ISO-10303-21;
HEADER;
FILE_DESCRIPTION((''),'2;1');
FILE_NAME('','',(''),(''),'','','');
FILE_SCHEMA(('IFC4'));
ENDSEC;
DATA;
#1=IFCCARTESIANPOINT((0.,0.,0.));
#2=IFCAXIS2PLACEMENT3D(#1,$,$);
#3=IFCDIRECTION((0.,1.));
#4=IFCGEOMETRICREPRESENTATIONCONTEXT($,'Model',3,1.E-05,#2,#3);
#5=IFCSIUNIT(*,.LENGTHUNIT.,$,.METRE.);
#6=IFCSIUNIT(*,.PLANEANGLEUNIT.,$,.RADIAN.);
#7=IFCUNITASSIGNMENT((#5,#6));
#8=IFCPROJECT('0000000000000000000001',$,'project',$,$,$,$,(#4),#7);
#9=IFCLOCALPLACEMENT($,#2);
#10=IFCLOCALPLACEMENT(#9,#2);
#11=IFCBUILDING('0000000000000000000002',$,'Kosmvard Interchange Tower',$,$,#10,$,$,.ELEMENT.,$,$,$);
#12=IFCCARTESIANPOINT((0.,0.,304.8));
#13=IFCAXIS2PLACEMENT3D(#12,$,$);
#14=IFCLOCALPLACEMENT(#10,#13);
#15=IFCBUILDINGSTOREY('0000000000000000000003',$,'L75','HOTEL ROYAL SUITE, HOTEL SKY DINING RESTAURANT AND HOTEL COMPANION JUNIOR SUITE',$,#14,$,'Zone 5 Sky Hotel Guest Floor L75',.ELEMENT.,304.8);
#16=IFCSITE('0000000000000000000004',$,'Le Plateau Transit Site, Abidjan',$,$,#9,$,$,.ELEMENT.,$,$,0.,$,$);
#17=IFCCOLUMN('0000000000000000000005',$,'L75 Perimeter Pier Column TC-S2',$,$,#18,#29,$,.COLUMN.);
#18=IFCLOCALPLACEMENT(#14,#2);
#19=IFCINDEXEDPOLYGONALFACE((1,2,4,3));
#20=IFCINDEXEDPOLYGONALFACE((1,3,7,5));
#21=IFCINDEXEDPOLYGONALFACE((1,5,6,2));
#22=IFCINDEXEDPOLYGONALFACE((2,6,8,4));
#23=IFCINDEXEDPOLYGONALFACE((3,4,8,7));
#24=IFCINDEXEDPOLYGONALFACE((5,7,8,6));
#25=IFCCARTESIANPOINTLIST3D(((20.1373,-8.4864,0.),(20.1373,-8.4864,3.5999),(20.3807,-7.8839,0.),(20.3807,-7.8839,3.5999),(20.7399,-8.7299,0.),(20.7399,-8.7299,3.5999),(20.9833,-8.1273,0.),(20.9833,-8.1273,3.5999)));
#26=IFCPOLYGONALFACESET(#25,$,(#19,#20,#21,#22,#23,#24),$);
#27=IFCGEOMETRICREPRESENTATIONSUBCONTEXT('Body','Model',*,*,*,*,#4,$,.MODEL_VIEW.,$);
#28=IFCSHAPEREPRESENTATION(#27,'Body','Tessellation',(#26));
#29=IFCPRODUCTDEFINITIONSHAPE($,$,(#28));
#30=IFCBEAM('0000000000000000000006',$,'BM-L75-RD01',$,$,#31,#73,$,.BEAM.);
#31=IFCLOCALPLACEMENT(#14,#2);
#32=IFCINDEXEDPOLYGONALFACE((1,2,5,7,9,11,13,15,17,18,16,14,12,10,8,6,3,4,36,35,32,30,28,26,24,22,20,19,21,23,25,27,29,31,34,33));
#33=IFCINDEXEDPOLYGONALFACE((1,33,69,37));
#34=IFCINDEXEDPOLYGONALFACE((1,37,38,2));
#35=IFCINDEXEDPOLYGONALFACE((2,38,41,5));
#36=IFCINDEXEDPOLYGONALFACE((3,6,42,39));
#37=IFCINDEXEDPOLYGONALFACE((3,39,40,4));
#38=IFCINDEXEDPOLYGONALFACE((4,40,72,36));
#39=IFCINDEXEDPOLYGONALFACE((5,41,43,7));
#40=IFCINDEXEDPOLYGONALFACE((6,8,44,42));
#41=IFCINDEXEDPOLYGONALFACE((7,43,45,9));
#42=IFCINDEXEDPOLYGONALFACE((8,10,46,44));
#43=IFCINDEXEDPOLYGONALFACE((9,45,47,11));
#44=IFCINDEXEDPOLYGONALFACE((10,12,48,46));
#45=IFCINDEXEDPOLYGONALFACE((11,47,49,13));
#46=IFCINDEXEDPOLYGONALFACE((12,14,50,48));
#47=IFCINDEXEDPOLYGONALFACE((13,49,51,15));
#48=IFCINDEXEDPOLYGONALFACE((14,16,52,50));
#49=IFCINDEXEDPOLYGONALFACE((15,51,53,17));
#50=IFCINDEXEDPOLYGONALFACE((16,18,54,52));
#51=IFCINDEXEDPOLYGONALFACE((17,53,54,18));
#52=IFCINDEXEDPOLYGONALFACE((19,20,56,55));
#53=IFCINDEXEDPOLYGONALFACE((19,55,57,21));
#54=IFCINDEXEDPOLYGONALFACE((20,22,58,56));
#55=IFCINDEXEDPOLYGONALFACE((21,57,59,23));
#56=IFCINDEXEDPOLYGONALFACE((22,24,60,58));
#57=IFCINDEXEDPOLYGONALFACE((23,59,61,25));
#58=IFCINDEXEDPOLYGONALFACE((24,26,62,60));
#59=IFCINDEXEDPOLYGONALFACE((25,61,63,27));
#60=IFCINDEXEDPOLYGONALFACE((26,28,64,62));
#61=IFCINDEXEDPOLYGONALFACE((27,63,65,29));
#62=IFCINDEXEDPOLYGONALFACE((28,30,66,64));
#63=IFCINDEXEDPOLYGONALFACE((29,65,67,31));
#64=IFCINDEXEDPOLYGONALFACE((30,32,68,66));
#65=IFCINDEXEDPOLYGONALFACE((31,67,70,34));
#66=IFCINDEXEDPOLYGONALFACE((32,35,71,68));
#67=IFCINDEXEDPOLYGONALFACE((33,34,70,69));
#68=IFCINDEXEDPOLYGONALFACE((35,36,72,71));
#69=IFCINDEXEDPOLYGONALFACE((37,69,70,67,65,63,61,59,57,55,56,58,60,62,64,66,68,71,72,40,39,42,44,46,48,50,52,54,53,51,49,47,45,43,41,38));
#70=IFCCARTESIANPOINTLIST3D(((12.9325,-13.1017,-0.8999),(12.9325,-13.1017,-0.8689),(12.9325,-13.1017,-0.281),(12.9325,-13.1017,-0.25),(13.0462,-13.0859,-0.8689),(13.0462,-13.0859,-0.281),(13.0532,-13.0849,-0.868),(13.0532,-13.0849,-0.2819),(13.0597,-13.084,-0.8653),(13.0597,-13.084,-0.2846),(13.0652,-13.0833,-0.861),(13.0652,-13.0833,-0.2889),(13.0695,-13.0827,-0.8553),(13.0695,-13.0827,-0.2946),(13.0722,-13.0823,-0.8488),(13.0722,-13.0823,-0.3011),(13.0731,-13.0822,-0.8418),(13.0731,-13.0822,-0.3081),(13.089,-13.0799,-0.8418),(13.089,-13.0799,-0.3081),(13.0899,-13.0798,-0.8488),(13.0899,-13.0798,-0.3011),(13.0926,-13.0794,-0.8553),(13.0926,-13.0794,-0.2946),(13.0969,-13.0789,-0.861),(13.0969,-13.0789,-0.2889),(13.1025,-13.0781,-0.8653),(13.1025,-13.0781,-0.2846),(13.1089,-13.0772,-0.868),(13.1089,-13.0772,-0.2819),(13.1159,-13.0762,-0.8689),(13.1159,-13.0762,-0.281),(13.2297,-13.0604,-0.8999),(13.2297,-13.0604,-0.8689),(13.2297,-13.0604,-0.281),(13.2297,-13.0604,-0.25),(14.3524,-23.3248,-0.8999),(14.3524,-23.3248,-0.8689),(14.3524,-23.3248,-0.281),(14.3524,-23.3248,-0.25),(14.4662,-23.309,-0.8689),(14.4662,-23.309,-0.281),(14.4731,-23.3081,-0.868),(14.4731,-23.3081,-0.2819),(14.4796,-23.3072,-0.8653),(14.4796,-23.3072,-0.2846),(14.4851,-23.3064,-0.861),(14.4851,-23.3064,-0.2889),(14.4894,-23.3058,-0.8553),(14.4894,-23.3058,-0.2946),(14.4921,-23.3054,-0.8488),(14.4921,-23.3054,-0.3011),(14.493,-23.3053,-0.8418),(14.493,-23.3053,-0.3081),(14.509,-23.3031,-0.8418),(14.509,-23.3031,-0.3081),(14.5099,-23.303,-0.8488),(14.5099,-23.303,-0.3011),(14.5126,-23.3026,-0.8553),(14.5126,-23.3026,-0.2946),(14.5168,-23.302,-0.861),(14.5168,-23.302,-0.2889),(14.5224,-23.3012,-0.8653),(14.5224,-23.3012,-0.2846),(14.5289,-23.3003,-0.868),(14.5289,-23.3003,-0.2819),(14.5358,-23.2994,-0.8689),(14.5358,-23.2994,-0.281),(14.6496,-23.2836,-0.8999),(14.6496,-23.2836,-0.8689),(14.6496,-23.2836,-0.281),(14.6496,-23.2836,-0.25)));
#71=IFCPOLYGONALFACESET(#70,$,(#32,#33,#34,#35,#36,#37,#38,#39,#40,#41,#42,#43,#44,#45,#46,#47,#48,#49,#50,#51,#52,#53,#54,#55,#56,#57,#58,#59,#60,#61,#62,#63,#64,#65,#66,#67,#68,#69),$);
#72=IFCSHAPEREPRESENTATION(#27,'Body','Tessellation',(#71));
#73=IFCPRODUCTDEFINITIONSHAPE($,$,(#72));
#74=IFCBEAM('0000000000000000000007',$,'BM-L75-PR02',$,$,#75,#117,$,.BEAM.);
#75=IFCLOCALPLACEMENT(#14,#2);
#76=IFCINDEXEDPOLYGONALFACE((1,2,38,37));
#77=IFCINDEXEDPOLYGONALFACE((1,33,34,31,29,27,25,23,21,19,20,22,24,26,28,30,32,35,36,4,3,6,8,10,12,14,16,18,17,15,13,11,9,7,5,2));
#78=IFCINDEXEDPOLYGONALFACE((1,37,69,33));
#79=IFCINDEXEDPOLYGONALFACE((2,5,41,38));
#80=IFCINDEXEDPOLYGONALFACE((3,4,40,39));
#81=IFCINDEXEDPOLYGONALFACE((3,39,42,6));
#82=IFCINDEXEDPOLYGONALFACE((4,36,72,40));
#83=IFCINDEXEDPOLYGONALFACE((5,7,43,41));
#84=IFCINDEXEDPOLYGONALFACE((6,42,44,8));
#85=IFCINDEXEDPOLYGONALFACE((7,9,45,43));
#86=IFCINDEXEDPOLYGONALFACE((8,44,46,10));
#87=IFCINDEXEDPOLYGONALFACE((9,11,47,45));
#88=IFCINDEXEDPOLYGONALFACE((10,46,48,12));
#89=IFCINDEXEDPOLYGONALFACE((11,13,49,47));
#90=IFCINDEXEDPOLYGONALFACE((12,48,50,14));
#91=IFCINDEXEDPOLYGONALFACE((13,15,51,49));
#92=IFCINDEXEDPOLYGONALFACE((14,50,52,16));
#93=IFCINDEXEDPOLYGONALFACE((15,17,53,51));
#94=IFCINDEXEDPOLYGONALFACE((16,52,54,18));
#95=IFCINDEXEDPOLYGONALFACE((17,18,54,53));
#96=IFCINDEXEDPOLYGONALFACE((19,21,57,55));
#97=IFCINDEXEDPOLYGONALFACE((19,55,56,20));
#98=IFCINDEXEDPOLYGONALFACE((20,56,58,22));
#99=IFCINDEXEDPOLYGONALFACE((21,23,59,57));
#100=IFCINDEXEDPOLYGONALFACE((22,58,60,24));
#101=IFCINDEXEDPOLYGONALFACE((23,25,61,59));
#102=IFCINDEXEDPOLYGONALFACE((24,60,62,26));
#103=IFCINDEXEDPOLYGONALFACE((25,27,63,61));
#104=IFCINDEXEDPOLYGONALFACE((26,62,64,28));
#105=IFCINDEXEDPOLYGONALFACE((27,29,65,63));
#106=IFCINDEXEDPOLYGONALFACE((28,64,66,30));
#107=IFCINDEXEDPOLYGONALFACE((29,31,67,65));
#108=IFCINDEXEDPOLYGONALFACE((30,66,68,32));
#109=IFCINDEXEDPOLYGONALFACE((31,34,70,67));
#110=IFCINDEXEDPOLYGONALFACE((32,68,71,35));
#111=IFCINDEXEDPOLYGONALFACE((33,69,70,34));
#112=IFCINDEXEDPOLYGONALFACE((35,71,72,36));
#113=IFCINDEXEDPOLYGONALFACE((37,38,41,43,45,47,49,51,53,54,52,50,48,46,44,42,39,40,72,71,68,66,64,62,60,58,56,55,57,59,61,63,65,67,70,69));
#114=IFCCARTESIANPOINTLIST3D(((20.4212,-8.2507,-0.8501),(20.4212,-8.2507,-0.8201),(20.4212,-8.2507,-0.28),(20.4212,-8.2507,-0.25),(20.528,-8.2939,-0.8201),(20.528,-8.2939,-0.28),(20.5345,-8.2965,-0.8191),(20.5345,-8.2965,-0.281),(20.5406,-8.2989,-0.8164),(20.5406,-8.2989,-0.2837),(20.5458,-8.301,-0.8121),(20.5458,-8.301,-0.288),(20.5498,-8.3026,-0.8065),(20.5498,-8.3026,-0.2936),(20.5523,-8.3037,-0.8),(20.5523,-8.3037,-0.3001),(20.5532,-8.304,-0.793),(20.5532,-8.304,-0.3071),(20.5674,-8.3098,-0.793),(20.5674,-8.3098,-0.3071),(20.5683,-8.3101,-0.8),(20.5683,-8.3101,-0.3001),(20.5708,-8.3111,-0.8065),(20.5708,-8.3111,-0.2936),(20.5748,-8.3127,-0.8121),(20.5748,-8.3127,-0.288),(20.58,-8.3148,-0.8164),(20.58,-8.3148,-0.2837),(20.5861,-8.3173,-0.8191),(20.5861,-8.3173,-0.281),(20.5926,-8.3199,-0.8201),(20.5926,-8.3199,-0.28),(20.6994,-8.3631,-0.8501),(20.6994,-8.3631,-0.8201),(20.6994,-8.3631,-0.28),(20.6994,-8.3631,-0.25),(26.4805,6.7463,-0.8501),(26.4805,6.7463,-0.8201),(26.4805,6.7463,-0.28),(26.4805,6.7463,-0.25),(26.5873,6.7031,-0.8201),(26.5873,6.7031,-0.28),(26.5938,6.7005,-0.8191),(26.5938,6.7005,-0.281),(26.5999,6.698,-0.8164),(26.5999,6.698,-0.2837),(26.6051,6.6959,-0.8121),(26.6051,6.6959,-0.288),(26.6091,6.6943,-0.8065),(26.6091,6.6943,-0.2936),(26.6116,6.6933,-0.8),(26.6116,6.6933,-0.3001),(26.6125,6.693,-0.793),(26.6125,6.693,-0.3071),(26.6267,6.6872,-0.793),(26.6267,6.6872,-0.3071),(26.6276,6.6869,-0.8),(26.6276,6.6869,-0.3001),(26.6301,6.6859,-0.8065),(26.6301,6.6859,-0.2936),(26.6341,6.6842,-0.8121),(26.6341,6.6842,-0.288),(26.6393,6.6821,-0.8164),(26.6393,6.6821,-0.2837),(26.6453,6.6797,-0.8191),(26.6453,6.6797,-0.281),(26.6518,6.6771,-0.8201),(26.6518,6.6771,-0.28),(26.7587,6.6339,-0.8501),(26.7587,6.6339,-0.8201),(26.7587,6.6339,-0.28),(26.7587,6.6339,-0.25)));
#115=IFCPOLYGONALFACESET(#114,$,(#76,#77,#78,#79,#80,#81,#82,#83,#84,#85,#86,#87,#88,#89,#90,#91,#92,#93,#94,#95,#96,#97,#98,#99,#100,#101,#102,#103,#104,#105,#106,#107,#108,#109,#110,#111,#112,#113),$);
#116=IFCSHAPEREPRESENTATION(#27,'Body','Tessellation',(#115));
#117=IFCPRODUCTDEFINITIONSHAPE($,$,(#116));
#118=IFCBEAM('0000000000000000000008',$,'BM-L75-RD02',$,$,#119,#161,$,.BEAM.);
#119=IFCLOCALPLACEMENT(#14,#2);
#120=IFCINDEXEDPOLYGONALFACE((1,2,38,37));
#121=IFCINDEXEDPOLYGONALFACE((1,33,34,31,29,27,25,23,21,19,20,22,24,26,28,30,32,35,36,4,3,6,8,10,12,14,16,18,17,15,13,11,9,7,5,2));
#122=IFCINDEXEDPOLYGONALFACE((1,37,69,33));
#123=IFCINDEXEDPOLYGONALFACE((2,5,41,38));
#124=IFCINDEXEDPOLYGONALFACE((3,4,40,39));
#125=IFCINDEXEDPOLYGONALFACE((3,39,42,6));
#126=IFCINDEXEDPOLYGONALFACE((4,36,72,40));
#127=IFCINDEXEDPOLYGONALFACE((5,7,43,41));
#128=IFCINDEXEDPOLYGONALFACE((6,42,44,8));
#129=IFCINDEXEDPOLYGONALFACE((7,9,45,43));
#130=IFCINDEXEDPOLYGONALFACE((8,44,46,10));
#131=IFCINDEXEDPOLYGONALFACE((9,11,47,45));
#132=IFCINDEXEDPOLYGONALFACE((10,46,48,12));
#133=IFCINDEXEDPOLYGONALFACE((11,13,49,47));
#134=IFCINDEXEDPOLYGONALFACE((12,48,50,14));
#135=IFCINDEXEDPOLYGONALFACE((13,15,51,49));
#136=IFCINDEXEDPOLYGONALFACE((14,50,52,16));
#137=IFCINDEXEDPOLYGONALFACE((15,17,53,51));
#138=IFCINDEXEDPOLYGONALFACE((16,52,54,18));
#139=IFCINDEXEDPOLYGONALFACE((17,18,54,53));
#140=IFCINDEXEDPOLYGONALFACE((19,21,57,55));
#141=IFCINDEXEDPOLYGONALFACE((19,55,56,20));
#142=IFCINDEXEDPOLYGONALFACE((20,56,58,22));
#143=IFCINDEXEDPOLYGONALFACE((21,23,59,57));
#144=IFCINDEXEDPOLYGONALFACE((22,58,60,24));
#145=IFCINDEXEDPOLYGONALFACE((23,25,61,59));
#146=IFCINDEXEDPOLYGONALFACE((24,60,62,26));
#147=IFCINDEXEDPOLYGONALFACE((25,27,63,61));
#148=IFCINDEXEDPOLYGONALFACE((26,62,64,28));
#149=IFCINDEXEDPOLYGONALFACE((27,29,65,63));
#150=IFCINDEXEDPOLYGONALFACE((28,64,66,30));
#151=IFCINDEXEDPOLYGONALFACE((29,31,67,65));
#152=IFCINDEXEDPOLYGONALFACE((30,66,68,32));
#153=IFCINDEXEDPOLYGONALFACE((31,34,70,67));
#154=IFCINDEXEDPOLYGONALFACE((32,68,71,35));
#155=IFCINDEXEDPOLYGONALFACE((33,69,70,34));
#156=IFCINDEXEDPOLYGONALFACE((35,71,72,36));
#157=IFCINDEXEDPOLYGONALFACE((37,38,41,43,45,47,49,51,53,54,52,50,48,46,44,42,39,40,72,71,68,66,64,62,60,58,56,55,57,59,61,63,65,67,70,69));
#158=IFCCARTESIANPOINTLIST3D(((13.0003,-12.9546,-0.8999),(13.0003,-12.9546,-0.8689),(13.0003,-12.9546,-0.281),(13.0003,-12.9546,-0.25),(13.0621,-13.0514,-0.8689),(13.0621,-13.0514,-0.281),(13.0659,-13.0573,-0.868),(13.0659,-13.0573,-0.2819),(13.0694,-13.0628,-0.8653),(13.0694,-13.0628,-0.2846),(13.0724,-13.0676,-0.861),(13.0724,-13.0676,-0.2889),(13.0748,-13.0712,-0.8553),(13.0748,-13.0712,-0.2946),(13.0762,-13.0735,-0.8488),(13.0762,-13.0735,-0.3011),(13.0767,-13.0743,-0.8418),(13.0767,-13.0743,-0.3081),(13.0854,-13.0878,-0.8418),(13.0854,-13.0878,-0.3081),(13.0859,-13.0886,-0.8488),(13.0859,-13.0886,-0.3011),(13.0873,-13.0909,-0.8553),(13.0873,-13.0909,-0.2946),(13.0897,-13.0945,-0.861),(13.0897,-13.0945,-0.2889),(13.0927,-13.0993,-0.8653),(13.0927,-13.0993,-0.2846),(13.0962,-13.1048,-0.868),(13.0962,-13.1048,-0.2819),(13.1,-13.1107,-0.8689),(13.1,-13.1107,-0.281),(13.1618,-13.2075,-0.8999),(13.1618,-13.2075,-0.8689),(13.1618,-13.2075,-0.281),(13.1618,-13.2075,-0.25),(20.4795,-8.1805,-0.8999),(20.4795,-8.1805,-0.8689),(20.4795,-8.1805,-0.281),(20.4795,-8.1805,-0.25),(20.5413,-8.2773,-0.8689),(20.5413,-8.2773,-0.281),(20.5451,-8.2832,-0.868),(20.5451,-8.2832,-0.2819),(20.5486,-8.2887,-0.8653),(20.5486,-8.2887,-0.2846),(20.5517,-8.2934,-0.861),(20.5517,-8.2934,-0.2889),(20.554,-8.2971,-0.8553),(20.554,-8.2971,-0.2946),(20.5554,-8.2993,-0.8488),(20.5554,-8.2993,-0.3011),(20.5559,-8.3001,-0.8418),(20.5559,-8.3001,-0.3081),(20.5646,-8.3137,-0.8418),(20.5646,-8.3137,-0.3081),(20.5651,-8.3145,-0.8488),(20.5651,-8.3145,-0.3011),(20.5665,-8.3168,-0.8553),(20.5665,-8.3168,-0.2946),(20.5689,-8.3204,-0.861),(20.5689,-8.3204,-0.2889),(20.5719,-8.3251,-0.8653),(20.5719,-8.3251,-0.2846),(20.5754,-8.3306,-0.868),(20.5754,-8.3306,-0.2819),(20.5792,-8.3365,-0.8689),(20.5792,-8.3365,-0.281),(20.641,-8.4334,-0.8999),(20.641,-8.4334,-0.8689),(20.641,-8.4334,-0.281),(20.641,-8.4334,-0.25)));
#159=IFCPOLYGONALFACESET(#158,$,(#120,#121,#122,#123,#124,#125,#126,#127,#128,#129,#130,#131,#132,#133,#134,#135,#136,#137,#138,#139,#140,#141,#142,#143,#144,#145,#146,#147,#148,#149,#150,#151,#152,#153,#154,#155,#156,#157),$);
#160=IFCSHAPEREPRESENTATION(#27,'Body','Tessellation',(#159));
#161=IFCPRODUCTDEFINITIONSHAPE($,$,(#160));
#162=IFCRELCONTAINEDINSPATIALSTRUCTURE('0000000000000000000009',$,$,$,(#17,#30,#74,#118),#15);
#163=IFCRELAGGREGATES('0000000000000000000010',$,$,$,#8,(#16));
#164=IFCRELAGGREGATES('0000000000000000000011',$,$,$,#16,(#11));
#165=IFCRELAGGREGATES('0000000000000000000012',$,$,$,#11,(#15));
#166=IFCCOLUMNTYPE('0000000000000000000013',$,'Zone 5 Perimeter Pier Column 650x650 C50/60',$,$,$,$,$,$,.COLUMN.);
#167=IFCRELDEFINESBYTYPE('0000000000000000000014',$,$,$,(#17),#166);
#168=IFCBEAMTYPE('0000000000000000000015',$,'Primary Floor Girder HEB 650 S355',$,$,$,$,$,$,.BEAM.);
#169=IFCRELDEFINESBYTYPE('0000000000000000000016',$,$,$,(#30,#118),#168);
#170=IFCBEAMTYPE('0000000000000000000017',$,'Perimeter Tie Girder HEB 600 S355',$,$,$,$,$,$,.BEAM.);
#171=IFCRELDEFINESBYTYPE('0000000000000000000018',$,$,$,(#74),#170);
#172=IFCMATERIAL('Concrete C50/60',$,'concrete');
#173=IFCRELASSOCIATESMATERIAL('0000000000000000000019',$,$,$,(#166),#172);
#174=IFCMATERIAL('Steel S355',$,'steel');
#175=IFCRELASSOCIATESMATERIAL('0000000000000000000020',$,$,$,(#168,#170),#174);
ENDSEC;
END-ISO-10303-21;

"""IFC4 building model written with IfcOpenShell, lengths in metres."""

from ifc_helpers import new_model, si_unit, direction, frame, origin, origin_2d, place, context, subcontext, project, spatial, rectangle, i_section, extrude, source, transform, mapped, material, material_profile, profile_set, type_object, element, save


model = new_model("IFC4")

# Units and contexts
model_context = context("Model", 3, precision=1e-05, world=origin(), true_north=direction((0.0, 1.0)))
body_context = subcontext(model_context, "Body", "Model", "MODEL_VIEW")
ifc_project = project(units=[si_unit("LENGTHUNIT", "METRE"), si_unit("PLANEANGLEUNIT", "RADIAN")], contexts=[model_context])

# Site, building, storey
site_placement = place(None, origin())
site = spatial("IfcSite", under=ifc_project, at=site_placement, Name="Le Plateau Transit Site, Abidjan", CompositionType="ELEMENT", RefElevation=0.0)
building_placement = place(site_placement, origin())
building = spatial("IfcBuilding", under=site, at=building_placement, Name="Kosmvard Interchange Tower", CompositionType="ELEMENT")
storey_placement = place(building_placement, frame((0.0, 0.0, 304.8)))
storey = spatial("IfcBuildingStorey", under=building, at=storey_placement, Name="L75", Description="HOTEL ROYAL SUITE, HOTEL SKY DINING RESTAURANT AND HOTEL COMPANION JUNIOR SUITE", LongName="Zone 5 Sky Hotel Guest Floor L75", CompositionType="ELEMENT", Elevation=304.8)

# Column
ifc_material_1 = material(Name="Concrete C50/60", Category="concrete")
ifc_material_profile_1 = material_profile(ifc_material_1, rectangle(XDim=0.6499, YDim=0.6499, at=origin_2d()), Name="TC 650x650")
ifc_profile_set_1 = profile_set([ifc_material_profile_1], Name="Concrete C50/60")
column_type = type_object("IfcColumnType", Name="Zone 5 Perimeter Pier Column 650x650 C50/60", PredefinedType="COLUMN", material=ifc_profile_set_1)
shared_shape_1 = source(origin(), body_context, "Body", "SweptSolid", [
    extrude(rectangle(XDim=0.6499, YDim=0.6499, at=origin_2d()), origin(), (0.0, 0.0, 1.0), 3.5999),
])
column_placement = place(storey_placement, frame((20.5603, -8.3069, 0.0), z_axis=(0.0, 0.0, 1.0), x_axis=(0.374607, 0.927184, 0.0)))
element("IfcColumn", 1, at=column_placement, inside=storey, type_object=column_type, Name="L75 Perimeter Pier Column TC-S2", PredefinedType="COLUMN", context=body_context, shape_type="MappedRepresentation", body=[
    mapped(shared_shape_1, transform((0.0, 0.0, 0.0), scale=1.0)),
])

# Beams
ifc_material_2 = material(Name="Steel S355", Category="steel")
ifc_material_profile_2 = material_profile(ifc_material_2, i_section(OverallWidth=0.3, OverallDepth=0.6499, WebThickness=0.0161, FlangeThickness=0.031, FilletRadius=0.0271, at=origin_2d()), Name="HEB 650")
ifc_profile_set_2 = profile_set([ifc_material_profile_2], Name="Steel S355")
beam_type_1 = type_object("IfcBeamType", Name="Primary Floor Girder HEB 650 S355", PredefinedType="BEAM", material=ifc_profile_set_2)
shared_shape_2 = source(origin(), body_context, "Body", "SweptSolid", [
    extrude(i_section(OverallWidth=0.3, OverallDepth=0.6499, WebThickness=0.0161, FlangeThickness=0.031, FilletRadius=0.0271, at=origin_2d()), origin(), (0.0, 0.0, 1.0), 10.3213),
])
beam_1_placement = place(storey_placement, frame((13.0811, -13.0811, -0.575), z_axis=(0.137572, -0.990492, 0.0), x_axis=(0.990492, 0.137572, 0.0)))
element("IfcBeam", 2, at=beam_1_placement, inside=storey, type_object=beam_type_1, Name="BM-L75-RD01", PredefinedType="BEAM", context=body_context, shape_type="MappedRepresentation", body=[
    mapped(shared_shape_2, transform((0.0, 0.0, 0.0), scale=1.0)),
])
ifc_material_profile_3 = material_profile(ifc_material_2, i_section(OverallWidth=0.3, OverallDepth=0.6001, WebThickness=0.0154, FlangeThickness=0.03, FilletRadius=0.0271, at=origin_2d()), Name="HEB 600")
ifc_profile_set_3 = profile_set([ifc_material_profile_3], Name="Steel S355")
beam_type_2 = type_object("IfcBeamType", Name="Perimeter Tie Girder HEB 600 S355", PredefinedType="BEAM", material=ifc_profile_set_3)
shared_shape_3 = source(origin(), body_context, "Body", "SweptSolid", [
    extrude(i_section(OverallWidth=0.3, OverallDepth=0.6001, WebThickness=0.0154, FlangeThickness=0.03, FilletRadius=0.0271, at=origin_2d()), origin(), (0.0, 0.0, 1.0), 16.1748),
])
beam_2_placement = place(storey_placement, frame((20.5603, -8.3069, -0.55), z_axis=(0.374613, 0.927181, 0.0), x_axis=(-0.927181, 0.374613, 0.0)))
element("IfcBeam", 3, at=beam_2_placement, inside=storey, type_object=beam_type_2, Name="BM-L75-PR02", PredefinedType="BEAM", context=body_context, shape_type="MappedRepresentation", body=[
    mapped(shared_shape_3, transform((0.0, 0.0, 0.0), scale=1.0)),
])
shared_shape_4 = source(origin(), body_context, "Body", "SweptSolid", [
    extrude(i_section(OverallWidth=0.3, OverallDepth=0.6499, WebThickness=0.0161, FlangeThickness=0.031, FilletRadius=0.0271, at=origin_2d()), origin(), (0.0, 0.0, 1.0), 8.873),
])
beam_3_placement = place(storey_placement, frame((13.0811, -13.0811, -0.575), z_axis=(0.842913, 0.53805, 0.0), x_axis=(-0.53805, 0.842913, 0.0)))
element("IfcBeam", 4, at=beam_3_placement, inside=storey, type_object=beam_type_1, Name="BM-L75-RD02", PredefinedType="BEAM", context=body_context, shape_type="MappedRepresentation", body=[
    mapped(shared_shape_4, transform((0.0, 0.0, 0.0), scale=1.0)),
])

save(model, "model.ifc")
